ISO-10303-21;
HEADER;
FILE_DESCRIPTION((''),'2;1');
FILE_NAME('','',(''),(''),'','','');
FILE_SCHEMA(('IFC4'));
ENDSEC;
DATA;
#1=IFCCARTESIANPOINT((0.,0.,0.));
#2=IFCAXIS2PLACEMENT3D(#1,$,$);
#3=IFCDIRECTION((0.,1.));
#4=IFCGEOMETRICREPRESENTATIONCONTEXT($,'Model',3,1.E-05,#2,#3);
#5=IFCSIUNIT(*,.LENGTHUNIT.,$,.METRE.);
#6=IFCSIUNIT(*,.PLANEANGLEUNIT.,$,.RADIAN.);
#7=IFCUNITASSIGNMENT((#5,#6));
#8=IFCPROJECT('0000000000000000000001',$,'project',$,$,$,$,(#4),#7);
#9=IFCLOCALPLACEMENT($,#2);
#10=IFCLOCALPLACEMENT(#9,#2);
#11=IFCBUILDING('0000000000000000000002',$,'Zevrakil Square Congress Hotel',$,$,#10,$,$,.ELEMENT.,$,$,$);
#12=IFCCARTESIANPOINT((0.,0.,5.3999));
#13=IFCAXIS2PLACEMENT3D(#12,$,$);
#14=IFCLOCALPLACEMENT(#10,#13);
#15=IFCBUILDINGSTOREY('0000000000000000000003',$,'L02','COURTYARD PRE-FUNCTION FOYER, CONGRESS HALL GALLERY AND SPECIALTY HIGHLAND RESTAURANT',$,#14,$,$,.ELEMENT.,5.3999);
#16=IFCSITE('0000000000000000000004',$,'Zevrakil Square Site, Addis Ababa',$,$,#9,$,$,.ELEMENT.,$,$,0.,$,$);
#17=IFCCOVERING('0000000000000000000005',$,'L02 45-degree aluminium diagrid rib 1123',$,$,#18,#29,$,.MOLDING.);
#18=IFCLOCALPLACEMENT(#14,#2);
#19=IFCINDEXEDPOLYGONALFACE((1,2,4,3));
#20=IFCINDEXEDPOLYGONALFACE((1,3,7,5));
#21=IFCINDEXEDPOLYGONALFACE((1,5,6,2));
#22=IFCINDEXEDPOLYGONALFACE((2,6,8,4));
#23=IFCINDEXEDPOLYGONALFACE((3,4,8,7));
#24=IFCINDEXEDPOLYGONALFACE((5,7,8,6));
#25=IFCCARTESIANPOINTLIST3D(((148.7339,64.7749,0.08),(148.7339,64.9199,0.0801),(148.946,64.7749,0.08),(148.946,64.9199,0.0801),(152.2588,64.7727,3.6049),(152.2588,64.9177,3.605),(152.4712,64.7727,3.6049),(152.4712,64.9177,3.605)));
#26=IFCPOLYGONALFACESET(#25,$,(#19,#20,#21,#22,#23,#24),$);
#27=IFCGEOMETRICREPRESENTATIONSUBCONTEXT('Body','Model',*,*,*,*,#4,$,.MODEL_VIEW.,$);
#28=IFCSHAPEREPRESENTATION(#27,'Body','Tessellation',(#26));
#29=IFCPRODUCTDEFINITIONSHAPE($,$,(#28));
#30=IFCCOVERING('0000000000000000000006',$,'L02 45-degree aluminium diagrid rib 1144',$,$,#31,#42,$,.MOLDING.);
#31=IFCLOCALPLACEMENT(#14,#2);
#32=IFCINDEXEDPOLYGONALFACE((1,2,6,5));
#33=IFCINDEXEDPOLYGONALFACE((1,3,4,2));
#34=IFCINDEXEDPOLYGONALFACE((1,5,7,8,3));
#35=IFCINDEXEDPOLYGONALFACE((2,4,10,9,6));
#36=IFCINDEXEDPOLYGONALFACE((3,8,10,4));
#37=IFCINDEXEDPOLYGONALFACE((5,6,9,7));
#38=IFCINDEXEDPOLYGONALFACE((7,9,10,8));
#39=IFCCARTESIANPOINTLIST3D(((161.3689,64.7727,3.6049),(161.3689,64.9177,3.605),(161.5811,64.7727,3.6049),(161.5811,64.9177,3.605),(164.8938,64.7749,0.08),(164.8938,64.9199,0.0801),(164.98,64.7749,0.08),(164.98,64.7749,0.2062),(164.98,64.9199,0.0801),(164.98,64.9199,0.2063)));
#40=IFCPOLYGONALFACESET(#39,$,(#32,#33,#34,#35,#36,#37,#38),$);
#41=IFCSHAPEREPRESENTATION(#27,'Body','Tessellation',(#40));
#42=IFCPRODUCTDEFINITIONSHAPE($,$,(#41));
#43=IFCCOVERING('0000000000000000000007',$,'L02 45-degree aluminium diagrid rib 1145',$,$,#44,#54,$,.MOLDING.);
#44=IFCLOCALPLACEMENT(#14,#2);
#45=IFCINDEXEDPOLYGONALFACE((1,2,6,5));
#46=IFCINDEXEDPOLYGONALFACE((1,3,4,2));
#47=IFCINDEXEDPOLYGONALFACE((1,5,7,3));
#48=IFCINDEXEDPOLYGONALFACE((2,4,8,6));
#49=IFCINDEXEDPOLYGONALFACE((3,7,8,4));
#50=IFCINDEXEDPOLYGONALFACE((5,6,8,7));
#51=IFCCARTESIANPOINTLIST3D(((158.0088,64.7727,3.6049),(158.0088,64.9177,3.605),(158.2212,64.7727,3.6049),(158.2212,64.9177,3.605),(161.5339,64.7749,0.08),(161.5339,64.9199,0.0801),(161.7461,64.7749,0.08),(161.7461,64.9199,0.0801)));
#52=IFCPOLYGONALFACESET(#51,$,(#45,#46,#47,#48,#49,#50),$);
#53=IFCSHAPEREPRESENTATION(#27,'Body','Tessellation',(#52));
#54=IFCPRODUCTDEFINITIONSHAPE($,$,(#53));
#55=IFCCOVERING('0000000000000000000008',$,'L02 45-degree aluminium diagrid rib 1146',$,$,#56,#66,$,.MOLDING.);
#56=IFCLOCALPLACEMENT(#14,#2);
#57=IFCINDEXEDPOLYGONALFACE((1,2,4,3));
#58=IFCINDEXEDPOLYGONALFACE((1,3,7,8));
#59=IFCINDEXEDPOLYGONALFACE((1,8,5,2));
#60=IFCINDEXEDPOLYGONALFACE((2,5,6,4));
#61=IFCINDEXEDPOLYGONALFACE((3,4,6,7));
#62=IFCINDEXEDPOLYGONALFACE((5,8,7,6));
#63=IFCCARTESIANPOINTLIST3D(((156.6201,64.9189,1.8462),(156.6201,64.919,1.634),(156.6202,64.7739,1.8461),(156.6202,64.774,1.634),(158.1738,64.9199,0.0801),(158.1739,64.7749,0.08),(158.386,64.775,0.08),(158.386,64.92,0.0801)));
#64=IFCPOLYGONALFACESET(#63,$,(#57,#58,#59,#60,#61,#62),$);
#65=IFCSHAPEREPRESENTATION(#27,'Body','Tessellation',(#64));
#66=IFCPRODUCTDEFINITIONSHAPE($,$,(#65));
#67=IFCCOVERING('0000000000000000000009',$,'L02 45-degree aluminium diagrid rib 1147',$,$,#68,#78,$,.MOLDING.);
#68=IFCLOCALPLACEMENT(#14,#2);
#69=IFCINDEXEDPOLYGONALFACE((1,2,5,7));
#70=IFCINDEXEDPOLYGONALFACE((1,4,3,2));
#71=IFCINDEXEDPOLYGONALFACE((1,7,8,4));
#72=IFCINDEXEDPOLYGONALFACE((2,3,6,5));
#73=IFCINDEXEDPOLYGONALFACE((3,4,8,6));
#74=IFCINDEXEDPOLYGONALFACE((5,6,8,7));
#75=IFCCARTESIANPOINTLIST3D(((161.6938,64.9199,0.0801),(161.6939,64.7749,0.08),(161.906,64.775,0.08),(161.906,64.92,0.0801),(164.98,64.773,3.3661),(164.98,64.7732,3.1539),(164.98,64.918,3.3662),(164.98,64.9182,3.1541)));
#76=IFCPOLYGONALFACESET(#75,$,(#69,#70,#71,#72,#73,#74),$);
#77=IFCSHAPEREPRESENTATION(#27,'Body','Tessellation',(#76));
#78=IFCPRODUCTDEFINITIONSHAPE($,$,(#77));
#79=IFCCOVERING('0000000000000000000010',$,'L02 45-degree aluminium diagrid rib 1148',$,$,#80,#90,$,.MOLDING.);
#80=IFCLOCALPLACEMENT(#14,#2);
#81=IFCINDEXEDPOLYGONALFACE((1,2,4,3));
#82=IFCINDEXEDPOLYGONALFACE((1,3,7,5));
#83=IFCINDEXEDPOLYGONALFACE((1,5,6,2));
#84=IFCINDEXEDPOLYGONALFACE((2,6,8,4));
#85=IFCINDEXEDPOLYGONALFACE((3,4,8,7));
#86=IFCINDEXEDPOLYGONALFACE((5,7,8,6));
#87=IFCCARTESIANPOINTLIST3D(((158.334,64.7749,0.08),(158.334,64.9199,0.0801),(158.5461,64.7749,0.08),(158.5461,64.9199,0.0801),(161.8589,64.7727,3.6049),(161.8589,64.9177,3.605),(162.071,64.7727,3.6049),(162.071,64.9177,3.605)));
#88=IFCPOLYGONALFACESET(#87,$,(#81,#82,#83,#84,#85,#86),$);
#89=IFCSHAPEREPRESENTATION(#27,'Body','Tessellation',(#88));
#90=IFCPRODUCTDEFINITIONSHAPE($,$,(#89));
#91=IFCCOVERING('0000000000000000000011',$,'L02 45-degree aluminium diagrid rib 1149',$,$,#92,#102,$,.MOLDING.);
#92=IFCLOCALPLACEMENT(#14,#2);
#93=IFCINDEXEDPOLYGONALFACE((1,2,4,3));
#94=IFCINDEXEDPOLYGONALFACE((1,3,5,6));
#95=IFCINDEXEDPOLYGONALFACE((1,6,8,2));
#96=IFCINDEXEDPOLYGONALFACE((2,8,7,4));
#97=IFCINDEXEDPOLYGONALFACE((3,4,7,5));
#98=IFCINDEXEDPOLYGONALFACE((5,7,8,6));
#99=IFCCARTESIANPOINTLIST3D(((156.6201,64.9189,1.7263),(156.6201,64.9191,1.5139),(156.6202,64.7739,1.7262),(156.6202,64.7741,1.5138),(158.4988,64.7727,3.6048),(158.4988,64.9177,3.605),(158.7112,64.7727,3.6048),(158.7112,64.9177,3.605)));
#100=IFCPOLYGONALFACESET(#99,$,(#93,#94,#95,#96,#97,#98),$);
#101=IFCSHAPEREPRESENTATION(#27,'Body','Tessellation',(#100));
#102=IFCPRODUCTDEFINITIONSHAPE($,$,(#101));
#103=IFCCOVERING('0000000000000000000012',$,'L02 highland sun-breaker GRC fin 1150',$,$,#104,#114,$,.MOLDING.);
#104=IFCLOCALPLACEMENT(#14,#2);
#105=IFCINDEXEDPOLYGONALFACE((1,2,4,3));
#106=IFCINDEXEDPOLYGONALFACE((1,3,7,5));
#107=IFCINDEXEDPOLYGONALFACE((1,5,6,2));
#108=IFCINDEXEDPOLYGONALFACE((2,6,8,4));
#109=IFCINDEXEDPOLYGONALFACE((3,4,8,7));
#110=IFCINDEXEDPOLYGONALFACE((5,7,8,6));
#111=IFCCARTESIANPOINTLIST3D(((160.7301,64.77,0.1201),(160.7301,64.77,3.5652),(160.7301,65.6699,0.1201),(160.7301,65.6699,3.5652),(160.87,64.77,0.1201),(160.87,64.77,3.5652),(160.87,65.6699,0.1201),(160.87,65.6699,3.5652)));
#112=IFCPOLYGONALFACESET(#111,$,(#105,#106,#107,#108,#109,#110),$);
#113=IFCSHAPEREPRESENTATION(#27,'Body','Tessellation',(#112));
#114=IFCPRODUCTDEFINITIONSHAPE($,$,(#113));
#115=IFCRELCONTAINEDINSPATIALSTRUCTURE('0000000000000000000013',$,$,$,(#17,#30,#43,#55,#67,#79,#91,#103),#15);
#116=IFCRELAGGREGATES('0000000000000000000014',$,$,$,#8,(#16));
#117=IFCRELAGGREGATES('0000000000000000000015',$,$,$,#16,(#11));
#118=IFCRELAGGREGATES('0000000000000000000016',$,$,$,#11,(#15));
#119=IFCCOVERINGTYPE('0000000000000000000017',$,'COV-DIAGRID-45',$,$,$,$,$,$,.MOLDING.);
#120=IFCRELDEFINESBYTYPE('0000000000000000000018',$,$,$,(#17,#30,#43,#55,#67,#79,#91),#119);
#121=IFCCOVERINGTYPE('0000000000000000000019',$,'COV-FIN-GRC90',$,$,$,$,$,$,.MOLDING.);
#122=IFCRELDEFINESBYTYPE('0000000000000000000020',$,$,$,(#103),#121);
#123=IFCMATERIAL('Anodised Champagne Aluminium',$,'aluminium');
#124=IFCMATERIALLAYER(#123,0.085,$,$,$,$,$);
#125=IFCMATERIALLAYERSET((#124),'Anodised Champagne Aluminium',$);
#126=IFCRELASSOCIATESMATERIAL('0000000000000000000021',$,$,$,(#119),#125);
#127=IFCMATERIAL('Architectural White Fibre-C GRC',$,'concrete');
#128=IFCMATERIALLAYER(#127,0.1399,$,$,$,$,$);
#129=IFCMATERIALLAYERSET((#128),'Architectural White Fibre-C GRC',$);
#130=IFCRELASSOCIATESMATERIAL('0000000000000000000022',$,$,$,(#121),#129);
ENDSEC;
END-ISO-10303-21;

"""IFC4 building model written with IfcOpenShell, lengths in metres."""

from ifc_helpers import new_model, si_unit, direction, frame, origin, origin_2d, place, context, subcontext, project, spatial, polyline, rectangle, outline, extrude, material, layer, layer_set, type_object, element, save


model = new_model("IFC4")

# Units and contexts
model_context = context("Model", 3, precision=1e-05, world=origin(), true_north=direction((0.0, 1.0)))
body_context = subcontext(model_context, "Body", "Model", "MODEL_VIEW")
ifc_project = project(units=[si_unit("LENGTHUNIT", "METRE"), si_unit("PLANEANGLEUNIT", "RADIAN")], contexts=[model_context])

# Site, building, storey
site_placement = place(None, origin())
site = spatial("IfcSite", under=ifc_project, at=site_placement, Name="Zevrakil Square Site, Addis Ababa", CompositionType="ELEMENT", RefElevation=0.0)
building_placement = place(site_placement, origin())
building = spatial("IfcBuilding", under=site, at=building_placement, Name="Zevrakil Square Congress Hotel", CompositionType="ELEMENT")
storey_placement = place(building_placement, frame((0.0, 0.0, 5.3999)))
storey = spatial("IfcBuildingStorey", under=building, at=storey_placement, Name="L02", Description="COURTYARD PRE-FUNCTION FOYER, CONGRESS HALL GALLERY AND SPECIALTY HIGHLAND RESTAURANT", CompositionType="ELEMENT", Elevation=5.3999)

# Coverings
ifc_material_1 = material(Name="Anodised Champagne Aluminium", Category="aluminium")
ifc_layer_1 = layer(ifc_material_1, 0.085)
ifc_layer_set_1 = layer_set([ifc_layer_1], Name="Anodised Champagne Aluminium")
covering_type_1 = type_object("IfcCoveringType", Name="COV-DIAGRID-45", PredefinedType="MOLDING", material=ifc_layer_set_1)
covering_1_placement = place(storey_placement, frame((152.4712, 64.9177, 3.605), z_axis=(0.0, 1.0, 0.000623), x_axis=(-1.0, 0.0, 0.0)))
element("IfcCovering", 1, at=covering_1_placement, inside=storey, type_object=covering_type_1, Name="L02 45-degree aluminium diagrid rib 1123", PredefinedType="MOLDING", context=body_context, shape_type="SweptSolid", body=[
    extrude(outline(polyline([(0.0, 0.0), (0.2124, 0.0), (3.7373, -3.5249), (3.5251, -3.5249), (0.0, 0.0)])), origin(), (0.0, 0.0, -1.0), 0.145),
])
covering_2_placement = place(storey_placement, frame((164.8938, 64.9199, 0.0801), z_axis=(-0.000187, 1.0, 0.000443), x_axis=(1.0, 0.000187, 0.0)))
element("IfcCovering", 2, at=covering_2_placement, inside=storey, type_object=covering_type_1, Name="L02 45-degree aluminium diagrid rib 1144", PredefinedType="MOLDING", context=body_context, shape_type="SweptSolid", body=[
    extrude(outline(polyline([(0.0, 0.0), (0.0862, 0.0), (0.0862, -0.1262), (-3.3127, -3.5249), (-3.5249, -3.5249), (0.0, 0.0)])), origin(), (0.0, 0.0, -1.0), 0.145),
])
covering_3_placement = place(storey_placement, frame((161.5339, 64.9199, 0.0801), z_axis=(0.0, 1.0, 0.000623), x_axis=(1.0, 0.0, 0.0)))
element("IfcCovering", 3, at=covering_3_placement, inside=storey, type_object=covering_type_1, Name="L02 45-degree aluminium diagrid rib 1145", PredefinedType="MOLDING", context=body_context, shape_type="SweptSolid", body=[
    extrude(outline(polyline([(0.0, 0.0), (0.2122, 0.0), (-3.3127, -3.5249), (-3.5251, -3.5249), (0.0, 0.0)])), origin(), (0.0, 0.0, -1.0), 0.145),
])
covering_4_placement = place(storey_placement, frame((158.1738, 64.9199, 0.0801), z_axis=(-0.000294, 1.0, 0.000294), x_axis=(1.0, 0.000294, 0.0)))
element("IfcCovering", 4, at=covering_4_placement, inside=storey, type_object=covering_type_1, Name="L02 45-degree aluminium diagrid rib 1146", PredefinedType="MOLDING", context=body_context, shape_type="SweptSolid", body=[
    extrude(outline(polyline([(0.0, 0.0), (0.2122, 0.0), (-1.5537, -1.7661), (-1.5537, -1.554), (0.0, 0.0)])), origin(), (0.0, 0.0, -1.0), 0.145),
])
covering_5_placement = place(storey_placement, frame((164.98, 64.9182, 3.1541), z_axis=(-0.000287, 1.0, 0.000863), x_axis=(0.0, -0.000863, 1.0)))
element("IfcCovering", 5, at=covering_5_placement, inside=storey, type_object=covering_type_1, Name="L02 45-degree aluminium diagrid rib 1147", PredefinedType="MOLDING", context=body_context, shape_type="SweptSolid", body=[
    extrude(outline(polyline([(0.0, 0.0), (0.2122, 0.0), (-3.074, -3.2861), (-3.074, -3.074), (0.0, 0.0)])), origin(), (0.0, 0.0, -1.0), 0.145),
])
covering_6_placement = place(storey_placement, frame((162.071, 64.9177, 3.605), z_axis=(0.0, 1.0, 0.000623), x_axis=(-1.0, 0.0, 0.0)))
element("IfcCovering", 6, at=covering_6_placement, inside=storey, type_object=covering_type_1, Name="L02 45-degree aluminium diagrid rib 1148", PredefinedType="MOLDING", context=body_context, shape_type="SweptSolid", body=[
    extrude(outline(polyline([(0.0, 0.0), (0.2122, 0.0), (3.7371, -3.5249), (3.5249, -3.5249), (0.0, 0.0)])), origin(), (0.0, 0.0, -1.0), 0.145),
])
covering_7_placement = place(storey_placement, frame((158.7112, 64.9177, 3.605), z_axis=(-0.000236, 1.0, 0.000913), x_axis=(-1.0, -0.000236, 0.0)))
element("IfcCovering", 7, at=covering_7_placement, inside=storey, type_object=covering_type_1, Name="L02 45-degree aluminium diagrid rib 1149", PredefinedType="MOLDING", context=body_context, shape_type="SweptSolid", body=[
    extrude(outline(polyline([(0.0, 0.0), (0.2124, 0.0), (2.0911, -1.8787), (2.0911, -2.0911), (0.0, 0.0)])), origin(), (0.0, 0.0, -1.0), 0.145),
])
ifc_material_2 = material(Name="Architectural White Fibre-C GRC", Category="concrete")
ifc_layer_2 = layer(ifc_material_2, 0.1399)
ifc_layer_set_2 = layer_set([ifc_layer_2], Name="Architectural White Fibre-C GRC")
covering_type_2 = type_object("IfcCoveringType", Name="COV-FIN-GRC90", PredefinedType="MOLDING", material=ifc_layer_set_2)
covering_8_placement = place(storey_placement, frame((160.8, 65.22, 0.1201), z_axis=(0.0, 0.0, 1.0), x_axis=(0.0, 1.0, 0.0)))
element("IfcCovering", 8, at=covering_8_placement, inside=storey, type_object=covering_type_2, Name="L02 highland sun-breaker GRC fin 1150", PredefinedType="MOLDING", context=body_context, shape_type="SweptSolid", body=[
    extrude(rectangle(XDim=0.8999, YDim=0.1399, at=origin_2d()), origin(), (0.0, 0.0, 1.0), 3.4451),
])

save(model, "model.ifc")
